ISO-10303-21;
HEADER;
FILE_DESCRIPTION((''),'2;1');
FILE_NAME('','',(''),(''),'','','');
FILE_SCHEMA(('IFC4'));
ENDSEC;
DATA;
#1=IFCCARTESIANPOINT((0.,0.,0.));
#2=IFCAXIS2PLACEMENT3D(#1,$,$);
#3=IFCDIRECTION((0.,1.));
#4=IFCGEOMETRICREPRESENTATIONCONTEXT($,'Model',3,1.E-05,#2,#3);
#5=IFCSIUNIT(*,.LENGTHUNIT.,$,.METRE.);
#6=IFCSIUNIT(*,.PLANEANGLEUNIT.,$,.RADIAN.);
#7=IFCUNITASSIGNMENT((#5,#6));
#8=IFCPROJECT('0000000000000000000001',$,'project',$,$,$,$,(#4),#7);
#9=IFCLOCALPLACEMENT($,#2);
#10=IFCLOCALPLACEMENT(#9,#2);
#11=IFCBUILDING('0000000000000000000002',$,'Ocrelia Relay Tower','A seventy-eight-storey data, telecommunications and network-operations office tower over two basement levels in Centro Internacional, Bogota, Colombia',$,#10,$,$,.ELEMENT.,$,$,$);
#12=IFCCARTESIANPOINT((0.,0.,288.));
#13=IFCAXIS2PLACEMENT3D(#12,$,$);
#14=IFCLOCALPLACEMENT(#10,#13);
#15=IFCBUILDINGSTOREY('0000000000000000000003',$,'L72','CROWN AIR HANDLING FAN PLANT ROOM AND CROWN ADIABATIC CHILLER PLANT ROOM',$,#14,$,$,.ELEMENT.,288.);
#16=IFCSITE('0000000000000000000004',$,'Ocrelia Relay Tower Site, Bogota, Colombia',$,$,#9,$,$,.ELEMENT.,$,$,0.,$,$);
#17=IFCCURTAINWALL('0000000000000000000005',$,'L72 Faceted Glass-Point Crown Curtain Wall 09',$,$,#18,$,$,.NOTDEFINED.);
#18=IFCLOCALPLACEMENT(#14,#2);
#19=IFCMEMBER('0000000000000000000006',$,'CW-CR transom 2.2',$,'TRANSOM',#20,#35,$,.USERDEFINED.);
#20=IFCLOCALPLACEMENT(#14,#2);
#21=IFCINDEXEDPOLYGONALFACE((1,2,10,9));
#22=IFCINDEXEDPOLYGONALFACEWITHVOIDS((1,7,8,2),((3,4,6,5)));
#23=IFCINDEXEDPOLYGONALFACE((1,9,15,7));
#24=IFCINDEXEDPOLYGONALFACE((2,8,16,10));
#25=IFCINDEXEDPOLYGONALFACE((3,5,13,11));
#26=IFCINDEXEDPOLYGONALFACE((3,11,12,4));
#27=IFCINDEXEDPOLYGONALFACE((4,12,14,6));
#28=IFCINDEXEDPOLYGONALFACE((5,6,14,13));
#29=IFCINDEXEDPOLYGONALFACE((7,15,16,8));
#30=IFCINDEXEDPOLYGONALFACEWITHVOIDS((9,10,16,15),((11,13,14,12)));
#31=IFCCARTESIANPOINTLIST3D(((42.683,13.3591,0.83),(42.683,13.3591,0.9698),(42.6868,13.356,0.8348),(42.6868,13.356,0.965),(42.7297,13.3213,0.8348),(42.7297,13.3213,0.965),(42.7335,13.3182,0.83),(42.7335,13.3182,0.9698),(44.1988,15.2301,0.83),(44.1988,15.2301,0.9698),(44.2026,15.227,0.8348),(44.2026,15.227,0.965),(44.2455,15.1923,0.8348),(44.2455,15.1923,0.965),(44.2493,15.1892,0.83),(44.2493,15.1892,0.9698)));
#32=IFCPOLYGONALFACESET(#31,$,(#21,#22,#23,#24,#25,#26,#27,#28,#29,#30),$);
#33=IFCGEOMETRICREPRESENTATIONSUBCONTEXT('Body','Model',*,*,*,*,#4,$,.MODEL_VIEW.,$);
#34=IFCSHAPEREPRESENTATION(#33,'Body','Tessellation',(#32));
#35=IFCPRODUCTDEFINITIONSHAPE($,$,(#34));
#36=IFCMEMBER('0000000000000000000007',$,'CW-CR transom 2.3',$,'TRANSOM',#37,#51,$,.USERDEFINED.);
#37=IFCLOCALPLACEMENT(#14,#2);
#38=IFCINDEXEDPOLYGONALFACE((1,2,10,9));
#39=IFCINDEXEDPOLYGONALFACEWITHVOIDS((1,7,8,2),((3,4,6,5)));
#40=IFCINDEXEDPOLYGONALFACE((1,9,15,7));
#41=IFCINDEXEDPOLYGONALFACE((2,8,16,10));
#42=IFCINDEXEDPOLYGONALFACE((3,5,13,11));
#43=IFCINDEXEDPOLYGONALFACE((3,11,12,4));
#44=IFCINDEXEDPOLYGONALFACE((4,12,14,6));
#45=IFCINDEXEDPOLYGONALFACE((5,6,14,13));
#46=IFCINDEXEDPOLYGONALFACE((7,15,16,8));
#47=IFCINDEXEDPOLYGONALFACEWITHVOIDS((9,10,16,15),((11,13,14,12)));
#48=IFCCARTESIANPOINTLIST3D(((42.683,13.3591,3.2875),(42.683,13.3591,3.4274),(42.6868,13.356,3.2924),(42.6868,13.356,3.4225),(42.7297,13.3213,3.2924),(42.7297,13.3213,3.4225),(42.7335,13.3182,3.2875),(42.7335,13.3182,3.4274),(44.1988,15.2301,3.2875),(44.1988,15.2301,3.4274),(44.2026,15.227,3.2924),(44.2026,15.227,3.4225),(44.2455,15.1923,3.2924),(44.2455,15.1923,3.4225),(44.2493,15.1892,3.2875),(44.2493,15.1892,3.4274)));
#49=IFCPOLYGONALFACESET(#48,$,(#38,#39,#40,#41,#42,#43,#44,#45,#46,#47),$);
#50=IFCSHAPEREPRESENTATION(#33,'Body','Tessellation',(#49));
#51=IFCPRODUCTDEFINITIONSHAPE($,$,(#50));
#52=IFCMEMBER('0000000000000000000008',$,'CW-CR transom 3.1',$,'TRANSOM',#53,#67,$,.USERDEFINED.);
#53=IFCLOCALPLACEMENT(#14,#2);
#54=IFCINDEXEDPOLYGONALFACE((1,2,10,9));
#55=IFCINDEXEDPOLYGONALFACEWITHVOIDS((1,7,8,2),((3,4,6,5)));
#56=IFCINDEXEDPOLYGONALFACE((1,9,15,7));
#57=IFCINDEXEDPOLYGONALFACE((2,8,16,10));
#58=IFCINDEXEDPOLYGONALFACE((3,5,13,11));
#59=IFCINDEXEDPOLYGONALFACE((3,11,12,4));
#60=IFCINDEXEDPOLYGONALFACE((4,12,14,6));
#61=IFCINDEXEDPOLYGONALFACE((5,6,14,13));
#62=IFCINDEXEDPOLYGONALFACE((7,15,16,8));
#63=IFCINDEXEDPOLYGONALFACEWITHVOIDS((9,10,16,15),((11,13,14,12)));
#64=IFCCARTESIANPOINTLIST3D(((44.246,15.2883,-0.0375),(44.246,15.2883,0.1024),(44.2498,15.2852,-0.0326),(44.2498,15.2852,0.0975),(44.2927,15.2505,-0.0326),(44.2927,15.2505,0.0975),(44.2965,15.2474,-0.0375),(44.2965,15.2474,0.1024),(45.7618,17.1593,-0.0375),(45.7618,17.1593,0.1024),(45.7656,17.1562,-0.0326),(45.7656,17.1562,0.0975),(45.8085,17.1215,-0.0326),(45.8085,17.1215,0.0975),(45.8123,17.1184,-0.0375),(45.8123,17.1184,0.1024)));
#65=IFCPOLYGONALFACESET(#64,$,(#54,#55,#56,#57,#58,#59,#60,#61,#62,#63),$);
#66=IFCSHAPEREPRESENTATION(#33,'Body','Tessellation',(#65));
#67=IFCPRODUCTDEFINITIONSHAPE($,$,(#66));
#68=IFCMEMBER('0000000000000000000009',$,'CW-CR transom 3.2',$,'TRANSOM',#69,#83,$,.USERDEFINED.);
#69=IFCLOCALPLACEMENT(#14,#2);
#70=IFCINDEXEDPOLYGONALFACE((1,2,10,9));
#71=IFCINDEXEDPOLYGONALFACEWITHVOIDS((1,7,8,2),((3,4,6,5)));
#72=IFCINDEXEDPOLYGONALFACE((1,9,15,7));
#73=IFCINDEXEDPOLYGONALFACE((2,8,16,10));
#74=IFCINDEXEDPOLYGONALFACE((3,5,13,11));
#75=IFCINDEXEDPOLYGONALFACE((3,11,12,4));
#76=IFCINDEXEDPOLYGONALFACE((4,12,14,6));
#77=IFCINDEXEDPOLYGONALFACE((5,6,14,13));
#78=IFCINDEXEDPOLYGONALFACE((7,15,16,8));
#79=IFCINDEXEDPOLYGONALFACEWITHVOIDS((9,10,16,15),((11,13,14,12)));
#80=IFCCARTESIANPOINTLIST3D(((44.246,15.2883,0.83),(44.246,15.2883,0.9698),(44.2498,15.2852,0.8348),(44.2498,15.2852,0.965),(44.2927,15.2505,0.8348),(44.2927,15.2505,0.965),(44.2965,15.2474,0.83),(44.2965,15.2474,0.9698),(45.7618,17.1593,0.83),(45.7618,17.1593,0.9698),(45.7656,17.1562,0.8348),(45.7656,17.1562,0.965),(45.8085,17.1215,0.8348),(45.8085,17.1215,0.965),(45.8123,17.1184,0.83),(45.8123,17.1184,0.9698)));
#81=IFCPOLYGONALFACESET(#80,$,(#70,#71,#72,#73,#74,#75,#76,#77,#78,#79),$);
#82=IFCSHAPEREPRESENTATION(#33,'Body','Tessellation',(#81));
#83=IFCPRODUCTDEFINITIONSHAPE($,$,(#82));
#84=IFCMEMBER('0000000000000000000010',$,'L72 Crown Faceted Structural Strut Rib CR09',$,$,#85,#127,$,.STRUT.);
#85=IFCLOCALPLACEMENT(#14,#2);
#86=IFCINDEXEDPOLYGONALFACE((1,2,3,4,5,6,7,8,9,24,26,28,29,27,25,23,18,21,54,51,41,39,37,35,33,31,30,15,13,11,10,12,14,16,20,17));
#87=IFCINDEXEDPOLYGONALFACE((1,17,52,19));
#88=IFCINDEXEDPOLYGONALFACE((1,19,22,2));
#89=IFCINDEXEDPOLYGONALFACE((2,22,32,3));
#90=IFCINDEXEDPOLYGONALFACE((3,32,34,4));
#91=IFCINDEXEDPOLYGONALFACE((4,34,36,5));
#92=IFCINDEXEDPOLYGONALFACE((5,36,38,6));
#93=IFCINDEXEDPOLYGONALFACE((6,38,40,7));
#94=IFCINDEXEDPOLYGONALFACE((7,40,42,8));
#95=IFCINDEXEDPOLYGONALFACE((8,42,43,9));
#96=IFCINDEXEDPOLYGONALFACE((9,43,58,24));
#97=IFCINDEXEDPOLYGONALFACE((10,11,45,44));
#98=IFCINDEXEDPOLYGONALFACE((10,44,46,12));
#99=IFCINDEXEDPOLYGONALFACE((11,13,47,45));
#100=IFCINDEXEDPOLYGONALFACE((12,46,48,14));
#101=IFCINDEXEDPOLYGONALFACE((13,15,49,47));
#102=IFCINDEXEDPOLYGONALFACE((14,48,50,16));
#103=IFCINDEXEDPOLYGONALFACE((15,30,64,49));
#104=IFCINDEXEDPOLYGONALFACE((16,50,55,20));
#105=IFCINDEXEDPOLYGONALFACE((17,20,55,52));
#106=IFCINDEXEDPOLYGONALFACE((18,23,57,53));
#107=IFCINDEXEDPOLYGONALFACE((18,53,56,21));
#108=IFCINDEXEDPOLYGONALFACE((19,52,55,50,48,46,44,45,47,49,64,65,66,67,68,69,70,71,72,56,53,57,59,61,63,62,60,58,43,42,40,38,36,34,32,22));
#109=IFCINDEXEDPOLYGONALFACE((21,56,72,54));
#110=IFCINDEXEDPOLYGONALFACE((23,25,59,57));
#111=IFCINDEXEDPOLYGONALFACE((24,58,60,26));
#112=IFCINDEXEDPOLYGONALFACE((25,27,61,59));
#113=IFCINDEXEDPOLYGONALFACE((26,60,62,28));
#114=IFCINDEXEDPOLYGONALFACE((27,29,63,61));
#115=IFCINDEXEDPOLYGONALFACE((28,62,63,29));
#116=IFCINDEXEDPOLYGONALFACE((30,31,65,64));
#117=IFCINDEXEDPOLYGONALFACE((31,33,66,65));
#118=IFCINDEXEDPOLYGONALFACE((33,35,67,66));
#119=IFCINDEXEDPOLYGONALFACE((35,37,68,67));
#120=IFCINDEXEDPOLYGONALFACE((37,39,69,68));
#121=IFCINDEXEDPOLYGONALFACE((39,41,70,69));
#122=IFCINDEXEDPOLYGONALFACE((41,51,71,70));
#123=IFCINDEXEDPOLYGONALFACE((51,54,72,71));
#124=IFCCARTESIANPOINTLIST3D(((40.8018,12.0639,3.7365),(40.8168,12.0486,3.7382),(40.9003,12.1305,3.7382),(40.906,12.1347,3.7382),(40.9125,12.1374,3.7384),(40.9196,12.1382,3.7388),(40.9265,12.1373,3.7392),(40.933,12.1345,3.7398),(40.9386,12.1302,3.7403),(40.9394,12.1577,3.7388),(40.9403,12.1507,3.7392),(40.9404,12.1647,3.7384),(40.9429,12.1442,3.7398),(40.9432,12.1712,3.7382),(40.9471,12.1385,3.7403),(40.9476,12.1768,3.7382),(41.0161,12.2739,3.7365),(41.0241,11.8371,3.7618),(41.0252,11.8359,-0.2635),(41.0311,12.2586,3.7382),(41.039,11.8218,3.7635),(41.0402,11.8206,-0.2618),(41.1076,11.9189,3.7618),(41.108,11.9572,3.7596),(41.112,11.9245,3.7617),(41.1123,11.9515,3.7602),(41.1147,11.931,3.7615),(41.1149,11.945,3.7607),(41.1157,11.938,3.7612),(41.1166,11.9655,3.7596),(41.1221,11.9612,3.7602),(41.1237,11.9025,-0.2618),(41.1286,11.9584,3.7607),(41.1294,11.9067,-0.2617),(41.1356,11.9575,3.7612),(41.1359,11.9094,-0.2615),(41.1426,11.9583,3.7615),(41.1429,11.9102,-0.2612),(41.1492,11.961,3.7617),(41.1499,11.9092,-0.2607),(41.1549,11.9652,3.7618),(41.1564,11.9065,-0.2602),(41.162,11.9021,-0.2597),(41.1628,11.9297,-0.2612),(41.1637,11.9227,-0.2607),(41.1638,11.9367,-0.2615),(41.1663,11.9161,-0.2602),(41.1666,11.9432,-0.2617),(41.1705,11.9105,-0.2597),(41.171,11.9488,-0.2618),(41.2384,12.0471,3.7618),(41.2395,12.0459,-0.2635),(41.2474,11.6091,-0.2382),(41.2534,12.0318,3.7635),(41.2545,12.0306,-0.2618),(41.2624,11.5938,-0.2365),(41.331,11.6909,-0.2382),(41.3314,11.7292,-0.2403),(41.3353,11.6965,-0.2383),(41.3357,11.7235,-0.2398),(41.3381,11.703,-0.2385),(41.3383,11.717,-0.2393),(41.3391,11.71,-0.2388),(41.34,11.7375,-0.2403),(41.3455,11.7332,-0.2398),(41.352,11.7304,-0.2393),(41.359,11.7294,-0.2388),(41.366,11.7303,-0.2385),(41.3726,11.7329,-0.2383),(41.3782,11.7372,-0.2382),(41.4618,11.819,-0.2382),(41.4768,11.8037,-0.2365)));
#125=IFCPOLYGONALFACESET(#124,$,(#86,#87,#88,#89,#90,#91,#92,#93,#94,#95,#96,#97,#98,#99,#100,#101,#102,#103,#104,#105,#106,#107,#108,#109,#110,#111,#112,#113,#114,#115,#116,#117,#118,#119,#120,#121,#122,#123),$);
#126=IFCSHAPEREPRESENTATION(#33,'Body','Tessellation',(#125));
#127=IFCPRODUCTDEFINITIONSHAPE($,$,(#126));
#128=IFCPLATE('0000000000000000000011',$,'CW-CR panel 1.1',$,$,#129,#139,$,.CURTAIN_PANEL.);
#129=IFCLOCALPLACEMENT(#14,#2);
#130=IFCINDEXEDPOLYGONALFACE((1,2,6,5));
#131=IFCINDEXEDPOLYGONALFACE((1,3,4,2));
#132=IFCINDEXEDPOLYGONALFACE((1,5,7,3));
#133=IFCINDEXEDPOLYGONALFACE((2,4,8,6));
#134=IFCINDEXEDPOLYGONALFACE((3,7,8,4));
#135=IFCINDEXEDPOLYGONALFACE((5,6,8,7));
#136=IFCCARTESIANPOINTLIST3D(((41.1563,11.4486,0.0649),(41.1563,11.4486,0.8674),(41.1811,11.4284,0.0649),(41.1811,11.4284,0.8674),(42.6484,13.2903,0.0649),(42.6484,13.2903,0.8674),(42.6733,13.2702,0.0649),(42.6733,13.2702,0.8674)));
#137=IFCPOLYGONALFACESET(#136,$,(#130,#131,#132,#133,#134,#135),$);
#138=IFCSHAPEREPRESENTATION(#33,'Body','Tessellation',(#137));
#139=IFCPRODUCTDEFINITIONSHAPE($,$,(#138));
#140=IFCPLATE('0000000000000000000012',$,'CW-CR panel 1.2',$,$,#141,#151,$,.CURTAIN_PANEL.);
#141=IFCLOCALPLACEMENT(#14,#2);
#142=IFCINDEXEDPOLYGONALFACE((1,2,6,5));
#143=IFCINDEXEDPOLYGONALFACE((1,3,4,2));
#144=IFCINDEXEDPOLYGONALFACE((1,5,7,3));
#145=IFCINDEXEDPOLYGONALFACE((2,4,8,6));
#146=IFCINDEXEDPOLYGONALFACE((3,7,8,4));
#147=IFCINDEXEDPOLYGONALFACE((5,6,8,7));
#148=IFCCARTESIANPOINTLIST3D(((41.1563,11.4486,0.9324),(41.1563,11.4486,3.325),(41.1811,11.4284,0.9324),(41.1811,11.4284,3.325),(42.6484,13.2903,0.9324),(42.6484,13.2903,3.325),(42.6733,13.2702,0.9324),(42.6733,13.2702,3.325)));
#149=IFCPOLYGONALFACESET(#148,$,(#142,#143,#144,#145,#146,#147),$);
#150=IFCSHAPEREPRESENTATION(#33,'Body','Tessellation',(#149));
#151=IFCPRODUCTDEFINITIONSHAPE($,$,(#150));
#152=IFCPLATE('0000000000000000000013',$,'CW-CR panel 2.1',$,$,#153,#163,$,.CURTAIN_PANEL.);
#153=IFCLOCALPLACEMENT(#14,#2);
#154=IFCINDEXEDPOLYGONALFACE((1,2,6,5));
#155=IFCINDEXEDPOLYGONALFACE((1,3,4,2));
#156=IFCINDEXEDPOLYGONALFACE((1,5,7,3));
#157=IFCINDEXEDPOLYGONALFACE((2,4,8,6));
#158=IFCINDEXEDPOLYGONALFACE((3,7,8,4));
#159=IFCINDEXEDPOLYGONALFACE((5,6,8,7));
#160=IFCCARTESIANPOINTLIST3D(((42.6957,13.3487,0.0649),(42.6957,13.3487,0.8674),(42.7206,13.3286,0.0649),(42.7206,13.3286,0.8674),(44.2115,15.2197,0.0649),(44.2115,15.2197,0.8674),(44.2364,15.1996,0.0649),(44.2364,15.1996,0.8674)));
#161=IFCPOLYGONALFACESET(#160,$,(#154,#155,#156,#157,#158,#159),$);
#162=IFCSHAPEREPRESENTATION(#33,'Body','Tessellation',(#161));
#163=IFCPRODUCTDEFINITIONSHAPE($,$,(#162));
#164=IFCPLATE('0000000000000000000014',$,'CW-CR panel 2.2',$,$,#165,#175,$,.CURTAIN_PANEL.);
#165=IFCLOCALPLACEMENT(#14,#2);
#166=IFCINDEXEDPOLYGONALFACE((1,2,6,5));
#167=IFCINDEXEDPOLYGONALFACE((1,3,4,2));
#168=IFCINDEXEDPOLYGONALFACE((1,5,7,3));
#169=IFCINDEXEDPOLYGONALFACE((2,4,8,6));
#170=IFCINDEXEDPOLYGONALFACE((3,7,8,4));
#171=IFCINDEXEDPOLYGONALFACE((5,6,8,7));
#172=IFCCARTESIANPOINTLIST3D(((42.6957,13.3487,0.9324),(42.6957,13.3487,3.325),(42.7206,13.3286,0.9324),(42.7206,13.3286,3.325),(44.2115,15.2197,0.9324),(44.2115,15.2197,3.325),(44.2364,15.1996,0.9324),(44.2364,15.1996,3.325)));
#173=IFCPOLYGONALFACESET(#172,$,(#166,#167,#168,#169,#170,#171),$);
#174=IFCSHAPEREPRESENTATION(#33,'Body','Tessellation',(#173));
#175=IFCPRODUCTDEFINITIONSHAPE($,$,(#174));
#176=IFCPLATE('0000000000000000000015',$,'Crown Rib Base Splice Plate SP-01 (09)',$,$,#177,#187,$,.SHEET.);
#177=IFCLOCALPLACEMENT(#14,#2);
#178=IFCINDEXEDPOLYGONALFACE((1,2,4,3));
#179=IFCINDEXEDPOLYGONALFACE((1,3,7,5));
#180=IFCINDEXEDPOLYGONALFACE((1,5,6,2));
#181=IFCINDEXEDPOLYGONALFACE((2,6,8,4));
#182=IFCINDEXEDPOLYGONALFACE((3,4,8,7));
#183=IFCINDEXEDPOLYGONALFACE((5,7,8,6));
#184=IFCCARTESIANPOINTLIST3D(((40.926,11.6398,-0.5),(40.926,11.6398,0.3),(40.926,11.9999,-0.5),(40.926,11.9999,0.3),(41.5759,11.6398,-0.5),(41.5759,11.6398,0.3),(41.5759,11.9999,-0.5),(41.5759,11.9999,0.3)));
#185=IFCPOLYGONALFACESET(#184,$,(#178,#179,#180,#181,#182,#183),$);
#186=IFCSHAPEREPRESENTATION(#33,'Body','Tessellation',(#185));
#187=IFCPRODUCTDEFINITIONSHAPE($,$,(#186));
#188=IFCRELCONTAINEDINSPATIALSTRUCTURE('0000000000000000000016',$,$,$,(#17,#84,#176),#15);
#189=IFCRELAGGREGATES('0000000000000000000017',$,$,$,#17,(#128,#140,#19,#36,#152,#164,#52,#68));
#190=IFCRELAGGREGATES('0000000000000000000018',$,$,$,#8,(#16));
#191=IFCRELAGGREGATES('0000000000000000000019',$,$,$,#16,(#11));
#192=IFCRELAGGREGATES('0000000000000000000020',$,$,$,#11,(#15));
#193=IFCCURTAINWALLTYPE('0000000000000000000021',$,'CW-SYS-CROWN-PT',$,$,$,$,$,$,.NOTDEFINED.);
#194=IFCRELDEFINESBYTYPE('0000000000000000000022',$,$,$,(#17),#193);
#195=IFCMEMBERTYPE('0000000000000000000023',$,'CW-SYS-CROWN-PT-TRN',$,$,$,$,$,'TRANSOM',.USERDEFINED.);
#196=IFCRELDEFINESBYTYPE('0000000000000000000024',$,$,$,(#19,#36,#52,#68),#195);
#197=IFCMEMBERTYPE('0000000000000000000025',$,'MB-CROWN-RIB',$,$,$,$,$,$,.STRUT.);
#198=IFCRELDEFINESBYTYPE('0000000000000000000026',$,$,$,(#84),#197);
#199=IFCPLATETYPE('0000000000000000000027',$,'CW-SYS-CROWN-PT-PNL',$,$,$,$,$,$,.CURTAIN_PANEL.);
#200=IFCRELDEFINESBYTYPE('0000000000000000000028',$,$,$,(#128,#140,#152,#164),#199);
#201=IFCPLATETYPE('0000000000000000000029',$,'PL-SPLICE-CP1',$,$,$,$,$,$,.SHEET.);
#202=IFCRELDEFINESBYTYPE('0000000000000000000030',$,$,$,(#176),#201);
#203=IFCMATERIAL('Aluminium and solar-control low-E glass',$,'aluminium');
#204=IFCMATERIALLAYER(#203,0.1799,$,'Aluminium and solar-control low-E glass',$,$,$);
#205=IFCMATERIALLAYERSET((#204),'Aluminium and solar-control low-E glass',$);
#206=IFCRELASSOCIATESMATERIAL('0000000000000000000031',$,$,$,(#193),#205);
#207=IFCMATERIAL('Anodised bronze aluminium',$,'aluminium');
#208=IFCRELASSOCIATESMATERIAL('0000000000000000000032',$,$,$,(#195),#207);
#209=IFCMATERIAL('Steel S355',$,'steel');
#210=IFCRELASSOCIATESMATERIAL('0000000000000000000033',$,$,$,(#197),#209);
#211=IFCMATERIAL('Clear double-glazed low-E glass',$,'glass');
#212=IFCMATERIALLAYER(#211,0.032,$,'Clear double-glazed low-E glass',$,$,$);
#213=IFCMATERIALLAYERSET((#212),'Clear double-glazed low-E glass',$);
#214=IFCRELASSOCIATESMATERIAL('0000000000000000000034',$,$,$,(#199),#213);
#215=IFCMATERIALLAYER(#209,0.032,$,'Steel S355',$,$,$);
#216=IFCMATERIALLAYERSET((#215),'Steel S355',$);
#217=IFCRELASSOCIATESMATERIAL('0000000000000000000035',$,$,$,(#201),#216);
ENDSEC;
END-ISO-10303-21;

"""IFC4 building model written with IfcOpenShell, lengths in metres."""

from ifc_helpers import new_model, si_unit, direction, frame, origin, origin_2d, place, context, subcontext, project, spatial, rectangle, hollow_rectangle, i_section, extrude, material, layer, layer_set, material_profile, profile_set, type_object, element, aggregate, save


model = new_model("IFC4")

# Units and contexts
model_context = context("Model", 3, precision=1e-05, world=origin(), true_north=direction((0.0, 1.0)))
body_context = subcontext(model_context, "Body", "Model", "MODEL_VIEW")
ifc_project = project(units=[si_unit("LENGTHUNIT", "METRE"), si_unit("PLANEANGLEUNIT", "RADIAN")], contexts=[model_context])

# Site, building, storey
site_placement = place(None, origin())
site = spatial("IfcSite", under=ifc_project, at=site_placement, Name="Ocrelia Relay Tower Site, Bogota, Colombia", CompositionType="ELEMENT", RefElevation=0.0)
building_placement = place(site_placement, origin())
building = spatial("IfcBuilding", under=site, at=building_placement, Name="Ocrelia Relay Tower", Description="A seventy-eight-storey data, telecommunications and network-operations office tower over two basement levels in Centro Internacional, Bogota, Colombia", CompositionType="ELEMENT")
storey_placement = place(building_placement, frame((0.0, 0.0, 288.0)))
storey = spatial("IfcBuildingStorey", under=building, at=storey_placement, Name="L72", Description="CROWN AIR HANDLING FAN PLANT ROOM AND CROWN ADIABATIC CHILLER PLANT ROOM", CompositionType="ELEMENT", Elevation=288.0)

# Shared definitions
ifc_material_1 = material(Name="Steel S355", Category="steel")

# Shared definitions
ifc_material_2 = material(Name="Aluminium and solar-control low-E glass", Category="aluminium")
ifc_layer_1 = layer(ifc_material_2, 0.1799, Name="Aluminium and solar-control low-E glass")
ifc_layer_set_1 = layer_set([ifc_layer_1], Name="Aluminium and solar-control low-E glass")
curtain_wall_type = type_object("IfcCurtainWallType", Name="CW-SYS-CROWN-PT", PredefinedType="NOTDEFINED", material=ifc_layer_set_1)
ifc_material_3 = material(Name="Anodised bronze aluminium", Category="aluminium")

# Curtain wall, members
curtain_wall_1_placement = place(storey_placement, origin())
curtain_wall_1 = element("IfcCurtainWall", 1, at=curtain_wall_1_placement, inside=storey, type_object=curtain_wall_type, Name="L72 Faceted Glass-Point Crown Curtain Wall 09", PredefinedType="NOTDEFINED")
ifc_material_profile_1 = material_profile(ifc_material_3, hollow_rectangle(XDim=0.0649, YDim=0.1399, WallThickness=0.0049, at=origin_2d()), Name="CW-TRN-140x65")
ifc_profile_set_1 = profile_set([ifc_material_profile_1], Name="Anodised bronze aluminium")
member_type_1 = type_object("IfcMemberType", Name="CW-SYS-CROWN-PT-TRN", ElementType="TRANSOM", PredefinedType="USERDEFINED", material=ifc_profile_set_1)
member_1_placement = place(storey_placement, frame((42.7083, 13.3386, 0.8999), z_axis=(0.629493, 0.777006, 0.0), x_axis=(-0.777006, 0.629493, 0.0)))
member_1 = element("IfcMember", 2, at=member_1_placement, type_object=member_type_1, Name="CW-CR transom 2.2", ObjectType="TRANSOM", PredefinedType="USERDEFINED", context=body_context, shape_type="SweptSolid", body=[
    extrude(hollow_rectangle(XDim=0.0649, YDim=0.1399, WallThickness=0.0049, at=origin_2d()), origin(), (0.0, 0.0, 1.0), 2.408),
])
member_2_placement = place(storey_placement, frame((42.7083, 13.3386, 3.3574), z_axis=(0.629493, 0.777006, 0.0), x_axis=(-0.777006, 0.629493, 0.0)))
member_2 = element("IfcMember", 3, at=member_2_placement, type_object=member_type_1, Name="CW-CR transom 2.3", ObjectType="TRANSOM", PredefinedType="USERDEFINED", context=body_context, shape_type="SweptSolid", body=[
    extrude(hollow_rectangle(XDim=0.0649, YDim=0.1399, WallThickness=0.0049, at=origin_2d()), origin(), (0.0, 0.0, 1.0), 2.408),
])
member_3_placement = place(storey_placement, frame((44.2712, 15.2678, 0.0325), z_axis=(0.629493, 0.777006, 0.0), x_axis=(-0.777006, 0.629493, 0.0)))
member_3 = element("IfcMember", 4, at=member_3_placement, type_object=member_type_1, Name="CW-CR transom 3.1", ObjectType="TRANSOM", PredefinedType="USERDEFINED", context=body_context, shape_type="SweptSolid", body=[
    extrude(hollow_rectangle(XDim=0.0649, YDim=0.1399, WallThickness=0.0049, at=origin_2d()), origin(), (0.0, 0.0, 1.0), 2.408),
])
member_4_placement = place(storey_placement, frame((44.2712, 15.2678, 0.8999), z_axis=(0.629493, 0.777006, 0.0), x_axis=(-0.777006, 0.629493, 0.0)))
member_4 = element("IfcMember", 5, at=member_4_placement, type_object=member_type_1, Name="CW-CR transom 3.2", ObjectType="TRANSOM", PredefinedType="USERDEFINED", context=body_context, shape_type="SweptSolid", body=[
    extrude(hollow_rectangle(XDim=0.0649, YDim=0.1399, WallThickness=0.0049, at=origin_2d()), origin(), (0.0, 0.0, 1.0), 2.408),
])

# Member
ifc_material_profile_2 = material_profile(ifc_material_1, i_section(OverallWidth=0.3, OverallDepth=0.3401, WebThickness=0.012, FlangeThickness=0.0215, FilletRadius=0.0271, at=origin_2d()), Name="HEB 340")
ifc_profile_set_2 = profile_set([ifc_material_profile_2], Name="Steel S355")
member_type_2 = type_object("IfcMemberType", Name="MB-CROWN-RIB", PredefinedType="STRUT", material=ifc_profile_set_2)
member_5_placement = place(storey_placement, frame((41.251, 11.8198, -0.25), z_axis=(-0.05567, 0.056826, 0.996831), x_axis=(-0.714335, -0.699804, 0.0)))
element("IfcMember", 6, at=member_5_placement, inside=storey, type_object=member_type_2, Name="L72 Crown Faceted Structural Strut Rib CR09", PredefinedType="STRUT", context=body_context, shape_type="SweptSolid", body=[
    extrude(i_section(OverallWidth=0.3, OverallDepth=0.3401, WebThickness=0.012, FlangeThickness=0.0215, FilletRadius=0.0271, at=origin_2d()), origin(), (0.0, 0.0, 1.0), 4.0127),
])

# Plates
ifc_material_4 = material(Name="Clear double-glazed low-E glass", Category="glass")
ifc_layer_2 = layer(ifc_material_4, 0.032, Name="Clear double-glazed low-E glass")
ifc_layer_set_2 = layer_set([ifc_layer_2], Name="Clear double-glazed low-E glass")
plate_type_1 = type_object("IfcPlateType", Name="CW-SYS-CROWN-PT-PNL", PredefinedType="CURTAIN_PANEL", material=ifc_layer_set_2)
plate_1_placement = place(storey_placement, frame((41.9148, 12.3594, 0.0649), z_axis=(0.0, 0.0, 1.0), x_axis=(0.629503, 0.776998, 0.0)))
plate_1 = element("IfcPlate", 7, at=plate_1_placement, type_object=plate_type_1, Name="CW-CR panel 1.1", PredefinedType="CURTAIN_PANEL", context=body_context, shape_type="SweptSolid", body=[
    extrude(rectangle(XDim=2.3704, YDim=0.032, at=origin_2d()), origin(), (0.0, 0.0, 1.0), 0.8025),
])
plate_2_placement = place(storey_placement, frame((41.9148, 12.3594, 0.9324), z_axis=(0.0, 0.0, 1.0), x_axis=(0.629503, 0.776998, 0.0)))
plate_2 = element("IfcPlate", 8, at=plate_2_placement, type_object=plate_type_1, Name="CW-CR panel 1.2", PredefinedType="CURTAIN_PANEL", context=body_context, shape_type="SweptSolid", body=[
    extrude(rectangle(XDim=2.3704, YDim=0.032, at=origin_2d()), origin(), (0.0, 0.0, 1.0), 2.3926),
])
plate_3_placement = place(storey_placement, frame((43.4661, 14.2742, 0.0649), z_axis=(0.0, 0.0, 1.0), x_axis=(0.629503, 0.776998, 0.0)))
plate_3 = element("IfcPlate", 9, at=plate_3_placement, type_object=plate_type_1, Name="CW-CR panel 2.1", PredefinedType="CURTAIN_PANEL", context=body_context, shape_type="SweptSolid", body=[
    extrude(rectangle(XDim=2.408, YDim=0.032, at=origin_2d()), origin(), (0.0, 0.0, 1.0), 0.8025),
])
plate_4_placement = place(storey_placement, frame((43.4661, 14.2742, 0.9324), z_axis=(0.0, 0.0, 1.0), x_axis=(0.629503, 0.776998, 0.0)))
plate_4 = element("IfcPlate", 10, at=plate_4_placement, type_object=plate_type_1, Name="CW-CR panel 2.2", PredefinedType="CURTAIN_PANEL", context=body_context, shape_type="SweptSolid", body=[
    extrude(rectangle(XDim=2.408, YDim=0.032, at=origin_2d()), origin(), (0.0, 0.0, 1.0), 2.3926),
])
aggregate(curtain_wall_1, [plate_1, plate_2, member_1, member_2, plate_3, plate_4, member_3, member_4])
ifc_layer_3 = layer(ifc_material_1, 0.032, Name="Steel S355")
ifc_layer_set_3 = layer_set([ifc_layer_3], Name="Steel S355")
plate_type_2 = type_object("IfcPlateType", Name="PL-SPLICE-CP1", PredefinedType="SHEET", material=ifc_layer_set_3)
plate_5_placement = place(storey_placement, frame((41.251, 11.8198, -0.5), z_axis=(0.0, 0.0, 1.0), x_axis=(1.0, 0.0, 0.0)))
element("IfcPlate", 11, at=plate_5_placement, inside=storey, type_object=plate_type_2, Name="Crown Rib Base Splice Plate SP-01 (09)", PredefinedType="SHEET", context=body_context, shape_type="SweptSolid", body=[
    extrude(rectangle(XDim=0.6499, YDim=0.3601, at=origin_2d()), origin(), (0.0, 0.0, 1.0), 0.8),
])

save(model, "model.ifc")
